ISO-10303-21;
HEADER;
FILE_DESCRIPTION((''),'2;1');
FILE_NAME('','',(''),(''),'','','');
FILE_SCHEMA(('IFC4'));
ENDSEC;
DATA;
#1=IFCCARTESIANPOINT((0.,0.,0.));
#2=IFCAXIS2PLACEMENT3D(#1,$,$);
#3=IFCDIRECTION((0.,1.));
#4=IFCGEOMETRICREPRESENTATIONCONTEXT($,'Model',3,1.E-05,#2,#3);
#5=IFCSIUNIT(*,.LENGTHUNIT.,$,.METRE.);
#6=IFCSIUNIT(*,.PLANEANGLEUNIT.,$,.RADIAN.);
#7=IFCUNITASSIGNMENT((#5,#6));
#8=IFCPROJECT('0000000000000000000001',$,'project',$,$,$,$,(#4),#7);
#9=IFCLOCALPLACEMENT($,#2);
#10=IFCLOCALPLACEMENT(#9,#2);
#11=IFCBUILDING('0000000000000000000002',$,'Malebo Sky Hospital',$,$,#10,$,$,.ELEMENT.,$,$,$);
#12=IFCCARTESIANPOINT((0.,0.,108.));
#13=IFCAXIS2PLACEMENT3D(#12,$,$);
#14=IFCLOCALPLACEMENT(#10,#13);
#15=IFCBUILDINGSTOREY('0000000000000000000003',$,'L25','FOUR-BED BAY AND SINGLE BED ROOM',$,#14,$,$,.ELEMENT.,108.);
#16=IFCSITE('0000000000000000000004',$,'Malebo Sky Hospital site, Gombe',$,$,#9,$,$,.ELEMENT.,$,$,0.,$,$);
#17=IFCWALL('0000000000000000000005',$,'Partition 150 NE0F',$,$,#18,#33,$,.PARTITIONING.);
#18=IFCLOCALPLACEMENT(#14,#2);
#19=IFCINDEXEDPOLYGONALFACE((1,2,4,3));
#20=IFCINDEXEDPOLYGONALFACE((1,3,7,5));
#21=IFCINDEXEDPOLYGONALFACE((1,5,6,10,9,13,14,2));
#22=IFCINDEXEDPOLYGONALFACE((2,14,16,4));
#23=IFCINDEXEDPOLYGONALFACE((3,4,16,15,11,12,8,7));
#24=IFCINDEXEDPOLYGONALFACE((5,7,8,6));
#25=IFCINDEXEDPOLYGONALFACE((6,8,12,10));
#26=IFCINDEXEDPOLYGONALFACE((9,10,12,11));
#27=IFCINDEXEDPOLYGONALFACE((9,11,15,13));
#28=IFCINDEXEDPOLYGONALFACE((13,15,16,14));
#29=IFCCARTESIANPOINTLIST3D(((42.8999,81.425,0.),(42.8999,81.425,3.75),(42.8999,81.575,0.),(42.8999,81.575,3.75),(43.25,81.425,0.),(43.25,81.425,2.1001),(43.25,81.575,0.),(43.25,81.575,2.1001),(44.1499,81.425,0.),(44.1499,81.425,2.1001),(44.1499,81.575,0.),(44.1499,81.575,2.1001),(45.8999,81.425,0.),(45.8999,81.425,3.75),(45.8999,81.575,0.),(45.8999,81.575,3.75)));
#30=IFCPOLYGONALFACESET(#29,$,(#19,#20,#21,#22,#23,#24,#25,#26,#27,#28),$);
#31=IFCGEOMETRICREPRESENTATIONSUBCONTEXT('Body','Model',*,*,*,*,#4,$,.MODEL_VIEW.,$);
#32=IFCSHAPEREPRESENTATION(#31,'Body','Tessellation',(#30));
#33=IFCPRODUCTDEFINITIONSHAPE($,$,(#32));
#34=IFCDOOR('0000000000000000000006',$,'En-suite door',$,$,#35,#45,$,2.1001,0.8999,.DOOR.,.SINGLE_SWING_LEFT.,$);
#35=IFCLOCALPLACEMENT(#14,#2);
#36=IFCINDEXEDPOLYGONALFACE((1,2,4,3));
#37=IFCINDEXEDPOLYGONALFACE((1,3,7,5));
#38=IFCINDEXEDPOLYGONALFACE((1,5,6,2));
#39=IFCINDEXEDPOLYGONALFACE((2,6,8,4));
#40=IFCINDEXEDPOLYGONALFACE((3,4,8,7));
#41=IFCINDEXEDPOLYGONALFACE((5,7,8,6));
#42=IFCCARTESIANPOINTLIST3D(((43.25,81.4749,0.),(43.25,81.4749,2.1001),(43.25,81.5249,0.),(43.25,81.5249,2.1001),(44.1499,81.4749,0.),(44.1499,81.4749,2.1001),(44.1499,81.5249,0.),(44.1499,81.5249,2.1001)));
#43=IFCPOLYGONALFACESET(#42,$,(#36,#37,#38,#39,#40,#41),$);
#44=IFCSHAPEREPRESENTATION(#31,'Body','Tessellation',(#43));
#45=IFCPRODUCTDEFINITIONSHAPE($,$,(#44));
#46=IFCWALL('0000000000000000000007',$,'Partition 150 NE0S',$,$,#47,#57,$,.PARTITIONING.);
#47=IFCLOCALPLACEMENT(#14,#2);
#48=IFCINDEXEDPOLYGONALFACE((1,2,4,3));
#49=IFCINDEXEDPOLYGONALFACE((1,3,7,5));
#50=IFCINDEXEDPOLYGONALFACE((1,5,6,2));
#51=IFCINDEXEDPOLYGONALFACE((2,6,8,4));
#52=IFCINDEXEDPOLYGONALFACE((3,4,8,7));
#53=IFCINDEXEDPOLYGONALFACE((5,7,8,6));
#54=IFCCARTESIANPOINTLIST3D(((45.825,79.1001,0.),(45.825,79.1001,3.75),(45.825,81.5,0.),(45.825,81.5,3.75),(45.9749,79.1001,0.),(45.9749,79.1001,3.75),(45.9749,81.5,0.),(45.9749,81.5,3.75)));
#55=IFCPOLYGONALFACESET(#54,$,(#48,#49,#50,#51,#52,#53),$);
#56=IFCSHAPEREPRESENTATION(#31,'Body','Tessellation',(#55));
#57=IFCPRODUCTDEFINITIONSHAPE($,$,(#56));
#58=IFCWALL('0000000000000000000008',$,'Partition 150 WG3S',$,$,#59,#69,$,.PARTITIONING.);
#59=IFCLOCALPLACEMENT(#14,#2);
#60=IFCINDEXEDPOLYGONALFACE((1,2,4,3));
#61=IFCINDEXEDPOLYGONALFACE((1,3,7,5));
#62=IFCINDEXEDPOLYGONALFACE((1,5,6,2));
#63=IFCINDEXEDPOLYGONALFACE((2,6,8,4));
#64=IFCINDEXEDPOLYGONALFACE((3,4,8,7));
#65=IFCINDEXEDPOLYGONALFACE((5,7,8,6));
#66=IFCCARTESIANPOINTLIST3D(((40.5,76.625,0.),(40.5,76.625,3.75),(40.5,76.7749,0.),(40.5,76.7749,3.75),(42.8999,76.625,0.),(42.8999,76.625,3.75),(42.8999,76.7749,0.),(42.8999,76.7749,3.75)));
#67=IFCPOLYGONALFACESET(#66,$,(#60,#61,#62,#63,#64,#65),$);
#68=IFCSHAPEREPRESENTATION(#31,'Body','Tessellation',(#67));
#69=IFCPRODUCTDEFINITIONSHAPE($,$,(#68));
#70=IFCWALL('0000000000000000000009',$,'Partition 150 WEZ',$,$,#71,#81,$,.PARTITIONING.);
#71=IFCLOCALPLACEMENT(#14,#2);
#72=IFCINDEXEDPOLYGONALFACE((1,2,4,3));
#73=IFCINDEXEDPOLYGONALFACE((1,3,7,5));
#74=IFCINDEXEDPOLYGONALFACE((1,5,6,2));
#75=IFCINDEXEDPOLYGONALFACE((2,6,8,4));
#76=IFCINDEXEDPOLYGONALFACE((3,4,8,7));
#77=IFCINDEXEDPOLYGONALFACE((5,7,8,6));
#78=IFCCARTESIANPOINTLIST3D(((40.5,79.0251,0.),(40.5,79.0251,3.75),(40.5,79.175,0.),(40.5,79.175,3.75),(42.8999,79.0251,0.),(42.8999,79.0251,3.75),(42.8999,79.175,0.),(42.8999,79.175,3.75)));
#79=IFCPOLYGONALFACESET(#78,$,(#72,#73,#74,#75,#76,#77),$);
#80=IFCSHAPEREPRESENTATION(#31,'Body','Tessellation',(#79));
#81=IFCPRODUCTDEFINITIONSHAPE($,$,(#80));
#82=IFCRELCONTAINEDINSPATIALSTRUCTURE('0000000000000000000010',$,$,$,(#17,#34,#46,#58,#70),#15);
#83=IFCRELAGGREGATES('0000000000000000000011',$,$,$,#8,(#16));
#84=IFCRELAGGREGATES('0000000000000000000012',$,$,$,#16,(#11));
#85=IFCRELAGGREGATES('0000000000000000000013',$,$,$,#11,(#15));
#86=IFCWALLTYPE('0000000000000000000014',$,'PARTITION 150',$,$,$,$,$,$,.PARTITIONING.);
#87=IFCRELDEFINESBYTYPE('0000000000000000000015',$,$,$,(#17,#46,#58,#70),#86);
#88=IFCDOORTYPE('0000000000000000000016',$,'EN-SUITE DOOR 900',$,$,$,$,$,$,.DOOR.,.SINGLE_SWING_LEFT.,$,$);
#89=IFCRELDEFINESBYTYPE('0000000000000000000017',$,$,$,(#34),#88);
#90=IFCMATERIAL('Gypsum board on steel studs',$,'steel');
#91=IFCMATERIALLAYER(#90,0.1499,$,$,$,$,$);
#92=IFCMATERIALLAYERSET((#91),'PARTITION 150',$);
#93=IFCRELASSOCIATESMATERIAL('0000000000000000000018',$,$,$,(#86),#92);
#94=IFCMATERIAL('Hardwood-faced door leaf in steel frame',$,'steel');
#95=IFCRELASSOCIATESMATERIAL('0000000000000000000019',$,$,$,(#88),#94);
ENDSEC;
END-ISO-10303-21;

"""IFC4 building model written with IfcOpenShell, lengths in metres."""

from ifc_helpers import new_model, si_unit, direction, frame, frame_2d, origin, place, context, subcontext, project, spatial, rectangle, extrude, material, layer, layer_set, type_object, element, fill, save


model = new_model("IFC4")

# Units and contexts
model_context = context("Model", 3, precision=1e-05, world=origin(), true_north=direction((0.0, 1.0)))
body_context = subcontext(model_context, "Body", "Model", "MODEL_VIEW")
ifc_project = project(units=[si_unit("LENGTHUNIT", "METRE"), si_unit("PLANEANGLEUNIT", "RADIAN")], contexts=[model_context])

# Site, building, storey
site_placement = place(None, origin())
site = spatial("IfcSite", under=ifc_project, at=site_placement, Name="Malebo Sky Hospital site, Gombe", CompositionType="ELEMENT", RefElevation=0.0)
building_placement = place(site_placement, origin())
building = spatial("IfcBuilding", under=site, at=building_placement, Name="Malebo Sky Hospital", CompositionType="ELEMENT")
storey_placement = place(building_placement, frame((0.0, 0.0, 108.0)))
storey = spatial("IfcBuildingStorey", under=building, at=storey_placement, Name="L25", Description="FOUR-BED BAY AND SINGLE BED ROOM", CompositionType="ELEMENT", Elevation=108.0)

# Shared definitions
ifc_material_1 = material(Name="Gypsum board on steel studs", Category="steel")
ifc_material_2 = material(Name="Hardwood-faced door leaf in steel frame", Category="steel")

# Shared definitions
ifc_layer_1 = layer(ifc_material_1, 0.1499)
ifc_layer_set_1 = layer_set([ifc_layer_1], Name="PARTITION 150")
wall_type_1 = type_object("IfcWallType", Name="PARTITION 150", PredefinedType="PARTITIONING", material=ifc_layer_set_1)

# Wall, opening, door
wall_1_placement = place(storey_placement, frame((42.8999, 81.5, 0.0), z_axis=(0.0, 0.0, 1.0), x_axis=(1.0, 0.0, 0.0)))
wall_1 = element("IfcWall", 1, at=wall_1_placement, inside=storey, type_object=wall_type_1, Name="Partition 150 NE0F", PredefinedType="PARTITIONING", context=body_context, shape_type="SweptSolid", body=[
    extrude(rectangle(XDim=3.0, YDim=0.1499, at=frame_2d((1.5, 0.0))), origin(), (0.0, 0.0, 1.0), 3.75),
])
opening_1_placement = place(wall_1_placement, frame((0.3501, 0.0, 0.0)))
opening_1 = element("IfcOpeningElement", 2, at=opening_1_placement, cuts=wall_1, PredefinedType="OPENING", context=body_context, shape_type="SweptSolid", body=[
    extrude(rectangle(XDim=0.8999, YDim=2.1001, at=frame_2d((0.45, 1.05))), frame((0.0, 0.085, 0.0), z_axis=(0.0, -1.0, 0.0), x_axis=(1.0, 0.0, 0.0)), (0.0, 0.0, 1.0), 0.1699),
])
door_type_1 = type_object("IfcDoorType", Name="EN-SUITE DOOR 900", OperationType="SINGLE_SWING_LEFT", PredefinedType="DOOR", material=ifc_material_2)
door_1_placement = place(opening_1_placement, origin())
door_1 = element("IfcDoor", 3, at=door_1_placement, inside=storey, type_object=door_type_1, Name="En-suite door", OperationType="SINGLE_SWING_LEFT", OverallHeight=2.1001, OverallWidth=0.8999, PredefinedType="DOOR", context=body_context, shape_type="SweptSolid", body=[
    extrude(rectangle(XDim=0.8999, YDim=2.1001, at=frame_2d((0.45, 1.05))), frame((0.0, 0.0249, 0.0), z_axis=(0.0, -1.0, 0.0), x_axis=(1.0, 0.0, 0.0)), (0.0, 0.0, 1.0), 0.05),
])
fill(opening_1, door_1)

# Walls
for number, where, z_axis, x_axis, name in (
    (4, (45.8999, 79.1001, 0.0), (0.0, 0.0, 1.0), (0.0, 1.0, 0.0), "Partition 150 NE0S"),
    (5, (42.8999, 76.7, 0.0), (0.0, 0.0, 1.0), (-1.0, 0.0, 0.0), "Partition 150 WG3S"),
    (6, (42.8999, 79.1001, 0.0), (0.0, 0.0, 1.0), (-1.0, 0.0, 0.0), "Partition 150 WEZ"),
):
    element("IfcWall", number, at=place(storey_placement, frame(where, z_axis=z_axis, x_axis=x_axis)), inside=storey, type_object=wall_type_1, Name=name, PredefinedType="PARTITIONING", context=body_context, shape_type="SweptSolid", body=[
        extrude(rectangle(XDim=2.3999, YDim=0.1499, at=frame_2d((1.2, 0.0))), origin(), (0.0, 0.0, 1.0), 3.75),
    ])

save(model, "model.ifc")
